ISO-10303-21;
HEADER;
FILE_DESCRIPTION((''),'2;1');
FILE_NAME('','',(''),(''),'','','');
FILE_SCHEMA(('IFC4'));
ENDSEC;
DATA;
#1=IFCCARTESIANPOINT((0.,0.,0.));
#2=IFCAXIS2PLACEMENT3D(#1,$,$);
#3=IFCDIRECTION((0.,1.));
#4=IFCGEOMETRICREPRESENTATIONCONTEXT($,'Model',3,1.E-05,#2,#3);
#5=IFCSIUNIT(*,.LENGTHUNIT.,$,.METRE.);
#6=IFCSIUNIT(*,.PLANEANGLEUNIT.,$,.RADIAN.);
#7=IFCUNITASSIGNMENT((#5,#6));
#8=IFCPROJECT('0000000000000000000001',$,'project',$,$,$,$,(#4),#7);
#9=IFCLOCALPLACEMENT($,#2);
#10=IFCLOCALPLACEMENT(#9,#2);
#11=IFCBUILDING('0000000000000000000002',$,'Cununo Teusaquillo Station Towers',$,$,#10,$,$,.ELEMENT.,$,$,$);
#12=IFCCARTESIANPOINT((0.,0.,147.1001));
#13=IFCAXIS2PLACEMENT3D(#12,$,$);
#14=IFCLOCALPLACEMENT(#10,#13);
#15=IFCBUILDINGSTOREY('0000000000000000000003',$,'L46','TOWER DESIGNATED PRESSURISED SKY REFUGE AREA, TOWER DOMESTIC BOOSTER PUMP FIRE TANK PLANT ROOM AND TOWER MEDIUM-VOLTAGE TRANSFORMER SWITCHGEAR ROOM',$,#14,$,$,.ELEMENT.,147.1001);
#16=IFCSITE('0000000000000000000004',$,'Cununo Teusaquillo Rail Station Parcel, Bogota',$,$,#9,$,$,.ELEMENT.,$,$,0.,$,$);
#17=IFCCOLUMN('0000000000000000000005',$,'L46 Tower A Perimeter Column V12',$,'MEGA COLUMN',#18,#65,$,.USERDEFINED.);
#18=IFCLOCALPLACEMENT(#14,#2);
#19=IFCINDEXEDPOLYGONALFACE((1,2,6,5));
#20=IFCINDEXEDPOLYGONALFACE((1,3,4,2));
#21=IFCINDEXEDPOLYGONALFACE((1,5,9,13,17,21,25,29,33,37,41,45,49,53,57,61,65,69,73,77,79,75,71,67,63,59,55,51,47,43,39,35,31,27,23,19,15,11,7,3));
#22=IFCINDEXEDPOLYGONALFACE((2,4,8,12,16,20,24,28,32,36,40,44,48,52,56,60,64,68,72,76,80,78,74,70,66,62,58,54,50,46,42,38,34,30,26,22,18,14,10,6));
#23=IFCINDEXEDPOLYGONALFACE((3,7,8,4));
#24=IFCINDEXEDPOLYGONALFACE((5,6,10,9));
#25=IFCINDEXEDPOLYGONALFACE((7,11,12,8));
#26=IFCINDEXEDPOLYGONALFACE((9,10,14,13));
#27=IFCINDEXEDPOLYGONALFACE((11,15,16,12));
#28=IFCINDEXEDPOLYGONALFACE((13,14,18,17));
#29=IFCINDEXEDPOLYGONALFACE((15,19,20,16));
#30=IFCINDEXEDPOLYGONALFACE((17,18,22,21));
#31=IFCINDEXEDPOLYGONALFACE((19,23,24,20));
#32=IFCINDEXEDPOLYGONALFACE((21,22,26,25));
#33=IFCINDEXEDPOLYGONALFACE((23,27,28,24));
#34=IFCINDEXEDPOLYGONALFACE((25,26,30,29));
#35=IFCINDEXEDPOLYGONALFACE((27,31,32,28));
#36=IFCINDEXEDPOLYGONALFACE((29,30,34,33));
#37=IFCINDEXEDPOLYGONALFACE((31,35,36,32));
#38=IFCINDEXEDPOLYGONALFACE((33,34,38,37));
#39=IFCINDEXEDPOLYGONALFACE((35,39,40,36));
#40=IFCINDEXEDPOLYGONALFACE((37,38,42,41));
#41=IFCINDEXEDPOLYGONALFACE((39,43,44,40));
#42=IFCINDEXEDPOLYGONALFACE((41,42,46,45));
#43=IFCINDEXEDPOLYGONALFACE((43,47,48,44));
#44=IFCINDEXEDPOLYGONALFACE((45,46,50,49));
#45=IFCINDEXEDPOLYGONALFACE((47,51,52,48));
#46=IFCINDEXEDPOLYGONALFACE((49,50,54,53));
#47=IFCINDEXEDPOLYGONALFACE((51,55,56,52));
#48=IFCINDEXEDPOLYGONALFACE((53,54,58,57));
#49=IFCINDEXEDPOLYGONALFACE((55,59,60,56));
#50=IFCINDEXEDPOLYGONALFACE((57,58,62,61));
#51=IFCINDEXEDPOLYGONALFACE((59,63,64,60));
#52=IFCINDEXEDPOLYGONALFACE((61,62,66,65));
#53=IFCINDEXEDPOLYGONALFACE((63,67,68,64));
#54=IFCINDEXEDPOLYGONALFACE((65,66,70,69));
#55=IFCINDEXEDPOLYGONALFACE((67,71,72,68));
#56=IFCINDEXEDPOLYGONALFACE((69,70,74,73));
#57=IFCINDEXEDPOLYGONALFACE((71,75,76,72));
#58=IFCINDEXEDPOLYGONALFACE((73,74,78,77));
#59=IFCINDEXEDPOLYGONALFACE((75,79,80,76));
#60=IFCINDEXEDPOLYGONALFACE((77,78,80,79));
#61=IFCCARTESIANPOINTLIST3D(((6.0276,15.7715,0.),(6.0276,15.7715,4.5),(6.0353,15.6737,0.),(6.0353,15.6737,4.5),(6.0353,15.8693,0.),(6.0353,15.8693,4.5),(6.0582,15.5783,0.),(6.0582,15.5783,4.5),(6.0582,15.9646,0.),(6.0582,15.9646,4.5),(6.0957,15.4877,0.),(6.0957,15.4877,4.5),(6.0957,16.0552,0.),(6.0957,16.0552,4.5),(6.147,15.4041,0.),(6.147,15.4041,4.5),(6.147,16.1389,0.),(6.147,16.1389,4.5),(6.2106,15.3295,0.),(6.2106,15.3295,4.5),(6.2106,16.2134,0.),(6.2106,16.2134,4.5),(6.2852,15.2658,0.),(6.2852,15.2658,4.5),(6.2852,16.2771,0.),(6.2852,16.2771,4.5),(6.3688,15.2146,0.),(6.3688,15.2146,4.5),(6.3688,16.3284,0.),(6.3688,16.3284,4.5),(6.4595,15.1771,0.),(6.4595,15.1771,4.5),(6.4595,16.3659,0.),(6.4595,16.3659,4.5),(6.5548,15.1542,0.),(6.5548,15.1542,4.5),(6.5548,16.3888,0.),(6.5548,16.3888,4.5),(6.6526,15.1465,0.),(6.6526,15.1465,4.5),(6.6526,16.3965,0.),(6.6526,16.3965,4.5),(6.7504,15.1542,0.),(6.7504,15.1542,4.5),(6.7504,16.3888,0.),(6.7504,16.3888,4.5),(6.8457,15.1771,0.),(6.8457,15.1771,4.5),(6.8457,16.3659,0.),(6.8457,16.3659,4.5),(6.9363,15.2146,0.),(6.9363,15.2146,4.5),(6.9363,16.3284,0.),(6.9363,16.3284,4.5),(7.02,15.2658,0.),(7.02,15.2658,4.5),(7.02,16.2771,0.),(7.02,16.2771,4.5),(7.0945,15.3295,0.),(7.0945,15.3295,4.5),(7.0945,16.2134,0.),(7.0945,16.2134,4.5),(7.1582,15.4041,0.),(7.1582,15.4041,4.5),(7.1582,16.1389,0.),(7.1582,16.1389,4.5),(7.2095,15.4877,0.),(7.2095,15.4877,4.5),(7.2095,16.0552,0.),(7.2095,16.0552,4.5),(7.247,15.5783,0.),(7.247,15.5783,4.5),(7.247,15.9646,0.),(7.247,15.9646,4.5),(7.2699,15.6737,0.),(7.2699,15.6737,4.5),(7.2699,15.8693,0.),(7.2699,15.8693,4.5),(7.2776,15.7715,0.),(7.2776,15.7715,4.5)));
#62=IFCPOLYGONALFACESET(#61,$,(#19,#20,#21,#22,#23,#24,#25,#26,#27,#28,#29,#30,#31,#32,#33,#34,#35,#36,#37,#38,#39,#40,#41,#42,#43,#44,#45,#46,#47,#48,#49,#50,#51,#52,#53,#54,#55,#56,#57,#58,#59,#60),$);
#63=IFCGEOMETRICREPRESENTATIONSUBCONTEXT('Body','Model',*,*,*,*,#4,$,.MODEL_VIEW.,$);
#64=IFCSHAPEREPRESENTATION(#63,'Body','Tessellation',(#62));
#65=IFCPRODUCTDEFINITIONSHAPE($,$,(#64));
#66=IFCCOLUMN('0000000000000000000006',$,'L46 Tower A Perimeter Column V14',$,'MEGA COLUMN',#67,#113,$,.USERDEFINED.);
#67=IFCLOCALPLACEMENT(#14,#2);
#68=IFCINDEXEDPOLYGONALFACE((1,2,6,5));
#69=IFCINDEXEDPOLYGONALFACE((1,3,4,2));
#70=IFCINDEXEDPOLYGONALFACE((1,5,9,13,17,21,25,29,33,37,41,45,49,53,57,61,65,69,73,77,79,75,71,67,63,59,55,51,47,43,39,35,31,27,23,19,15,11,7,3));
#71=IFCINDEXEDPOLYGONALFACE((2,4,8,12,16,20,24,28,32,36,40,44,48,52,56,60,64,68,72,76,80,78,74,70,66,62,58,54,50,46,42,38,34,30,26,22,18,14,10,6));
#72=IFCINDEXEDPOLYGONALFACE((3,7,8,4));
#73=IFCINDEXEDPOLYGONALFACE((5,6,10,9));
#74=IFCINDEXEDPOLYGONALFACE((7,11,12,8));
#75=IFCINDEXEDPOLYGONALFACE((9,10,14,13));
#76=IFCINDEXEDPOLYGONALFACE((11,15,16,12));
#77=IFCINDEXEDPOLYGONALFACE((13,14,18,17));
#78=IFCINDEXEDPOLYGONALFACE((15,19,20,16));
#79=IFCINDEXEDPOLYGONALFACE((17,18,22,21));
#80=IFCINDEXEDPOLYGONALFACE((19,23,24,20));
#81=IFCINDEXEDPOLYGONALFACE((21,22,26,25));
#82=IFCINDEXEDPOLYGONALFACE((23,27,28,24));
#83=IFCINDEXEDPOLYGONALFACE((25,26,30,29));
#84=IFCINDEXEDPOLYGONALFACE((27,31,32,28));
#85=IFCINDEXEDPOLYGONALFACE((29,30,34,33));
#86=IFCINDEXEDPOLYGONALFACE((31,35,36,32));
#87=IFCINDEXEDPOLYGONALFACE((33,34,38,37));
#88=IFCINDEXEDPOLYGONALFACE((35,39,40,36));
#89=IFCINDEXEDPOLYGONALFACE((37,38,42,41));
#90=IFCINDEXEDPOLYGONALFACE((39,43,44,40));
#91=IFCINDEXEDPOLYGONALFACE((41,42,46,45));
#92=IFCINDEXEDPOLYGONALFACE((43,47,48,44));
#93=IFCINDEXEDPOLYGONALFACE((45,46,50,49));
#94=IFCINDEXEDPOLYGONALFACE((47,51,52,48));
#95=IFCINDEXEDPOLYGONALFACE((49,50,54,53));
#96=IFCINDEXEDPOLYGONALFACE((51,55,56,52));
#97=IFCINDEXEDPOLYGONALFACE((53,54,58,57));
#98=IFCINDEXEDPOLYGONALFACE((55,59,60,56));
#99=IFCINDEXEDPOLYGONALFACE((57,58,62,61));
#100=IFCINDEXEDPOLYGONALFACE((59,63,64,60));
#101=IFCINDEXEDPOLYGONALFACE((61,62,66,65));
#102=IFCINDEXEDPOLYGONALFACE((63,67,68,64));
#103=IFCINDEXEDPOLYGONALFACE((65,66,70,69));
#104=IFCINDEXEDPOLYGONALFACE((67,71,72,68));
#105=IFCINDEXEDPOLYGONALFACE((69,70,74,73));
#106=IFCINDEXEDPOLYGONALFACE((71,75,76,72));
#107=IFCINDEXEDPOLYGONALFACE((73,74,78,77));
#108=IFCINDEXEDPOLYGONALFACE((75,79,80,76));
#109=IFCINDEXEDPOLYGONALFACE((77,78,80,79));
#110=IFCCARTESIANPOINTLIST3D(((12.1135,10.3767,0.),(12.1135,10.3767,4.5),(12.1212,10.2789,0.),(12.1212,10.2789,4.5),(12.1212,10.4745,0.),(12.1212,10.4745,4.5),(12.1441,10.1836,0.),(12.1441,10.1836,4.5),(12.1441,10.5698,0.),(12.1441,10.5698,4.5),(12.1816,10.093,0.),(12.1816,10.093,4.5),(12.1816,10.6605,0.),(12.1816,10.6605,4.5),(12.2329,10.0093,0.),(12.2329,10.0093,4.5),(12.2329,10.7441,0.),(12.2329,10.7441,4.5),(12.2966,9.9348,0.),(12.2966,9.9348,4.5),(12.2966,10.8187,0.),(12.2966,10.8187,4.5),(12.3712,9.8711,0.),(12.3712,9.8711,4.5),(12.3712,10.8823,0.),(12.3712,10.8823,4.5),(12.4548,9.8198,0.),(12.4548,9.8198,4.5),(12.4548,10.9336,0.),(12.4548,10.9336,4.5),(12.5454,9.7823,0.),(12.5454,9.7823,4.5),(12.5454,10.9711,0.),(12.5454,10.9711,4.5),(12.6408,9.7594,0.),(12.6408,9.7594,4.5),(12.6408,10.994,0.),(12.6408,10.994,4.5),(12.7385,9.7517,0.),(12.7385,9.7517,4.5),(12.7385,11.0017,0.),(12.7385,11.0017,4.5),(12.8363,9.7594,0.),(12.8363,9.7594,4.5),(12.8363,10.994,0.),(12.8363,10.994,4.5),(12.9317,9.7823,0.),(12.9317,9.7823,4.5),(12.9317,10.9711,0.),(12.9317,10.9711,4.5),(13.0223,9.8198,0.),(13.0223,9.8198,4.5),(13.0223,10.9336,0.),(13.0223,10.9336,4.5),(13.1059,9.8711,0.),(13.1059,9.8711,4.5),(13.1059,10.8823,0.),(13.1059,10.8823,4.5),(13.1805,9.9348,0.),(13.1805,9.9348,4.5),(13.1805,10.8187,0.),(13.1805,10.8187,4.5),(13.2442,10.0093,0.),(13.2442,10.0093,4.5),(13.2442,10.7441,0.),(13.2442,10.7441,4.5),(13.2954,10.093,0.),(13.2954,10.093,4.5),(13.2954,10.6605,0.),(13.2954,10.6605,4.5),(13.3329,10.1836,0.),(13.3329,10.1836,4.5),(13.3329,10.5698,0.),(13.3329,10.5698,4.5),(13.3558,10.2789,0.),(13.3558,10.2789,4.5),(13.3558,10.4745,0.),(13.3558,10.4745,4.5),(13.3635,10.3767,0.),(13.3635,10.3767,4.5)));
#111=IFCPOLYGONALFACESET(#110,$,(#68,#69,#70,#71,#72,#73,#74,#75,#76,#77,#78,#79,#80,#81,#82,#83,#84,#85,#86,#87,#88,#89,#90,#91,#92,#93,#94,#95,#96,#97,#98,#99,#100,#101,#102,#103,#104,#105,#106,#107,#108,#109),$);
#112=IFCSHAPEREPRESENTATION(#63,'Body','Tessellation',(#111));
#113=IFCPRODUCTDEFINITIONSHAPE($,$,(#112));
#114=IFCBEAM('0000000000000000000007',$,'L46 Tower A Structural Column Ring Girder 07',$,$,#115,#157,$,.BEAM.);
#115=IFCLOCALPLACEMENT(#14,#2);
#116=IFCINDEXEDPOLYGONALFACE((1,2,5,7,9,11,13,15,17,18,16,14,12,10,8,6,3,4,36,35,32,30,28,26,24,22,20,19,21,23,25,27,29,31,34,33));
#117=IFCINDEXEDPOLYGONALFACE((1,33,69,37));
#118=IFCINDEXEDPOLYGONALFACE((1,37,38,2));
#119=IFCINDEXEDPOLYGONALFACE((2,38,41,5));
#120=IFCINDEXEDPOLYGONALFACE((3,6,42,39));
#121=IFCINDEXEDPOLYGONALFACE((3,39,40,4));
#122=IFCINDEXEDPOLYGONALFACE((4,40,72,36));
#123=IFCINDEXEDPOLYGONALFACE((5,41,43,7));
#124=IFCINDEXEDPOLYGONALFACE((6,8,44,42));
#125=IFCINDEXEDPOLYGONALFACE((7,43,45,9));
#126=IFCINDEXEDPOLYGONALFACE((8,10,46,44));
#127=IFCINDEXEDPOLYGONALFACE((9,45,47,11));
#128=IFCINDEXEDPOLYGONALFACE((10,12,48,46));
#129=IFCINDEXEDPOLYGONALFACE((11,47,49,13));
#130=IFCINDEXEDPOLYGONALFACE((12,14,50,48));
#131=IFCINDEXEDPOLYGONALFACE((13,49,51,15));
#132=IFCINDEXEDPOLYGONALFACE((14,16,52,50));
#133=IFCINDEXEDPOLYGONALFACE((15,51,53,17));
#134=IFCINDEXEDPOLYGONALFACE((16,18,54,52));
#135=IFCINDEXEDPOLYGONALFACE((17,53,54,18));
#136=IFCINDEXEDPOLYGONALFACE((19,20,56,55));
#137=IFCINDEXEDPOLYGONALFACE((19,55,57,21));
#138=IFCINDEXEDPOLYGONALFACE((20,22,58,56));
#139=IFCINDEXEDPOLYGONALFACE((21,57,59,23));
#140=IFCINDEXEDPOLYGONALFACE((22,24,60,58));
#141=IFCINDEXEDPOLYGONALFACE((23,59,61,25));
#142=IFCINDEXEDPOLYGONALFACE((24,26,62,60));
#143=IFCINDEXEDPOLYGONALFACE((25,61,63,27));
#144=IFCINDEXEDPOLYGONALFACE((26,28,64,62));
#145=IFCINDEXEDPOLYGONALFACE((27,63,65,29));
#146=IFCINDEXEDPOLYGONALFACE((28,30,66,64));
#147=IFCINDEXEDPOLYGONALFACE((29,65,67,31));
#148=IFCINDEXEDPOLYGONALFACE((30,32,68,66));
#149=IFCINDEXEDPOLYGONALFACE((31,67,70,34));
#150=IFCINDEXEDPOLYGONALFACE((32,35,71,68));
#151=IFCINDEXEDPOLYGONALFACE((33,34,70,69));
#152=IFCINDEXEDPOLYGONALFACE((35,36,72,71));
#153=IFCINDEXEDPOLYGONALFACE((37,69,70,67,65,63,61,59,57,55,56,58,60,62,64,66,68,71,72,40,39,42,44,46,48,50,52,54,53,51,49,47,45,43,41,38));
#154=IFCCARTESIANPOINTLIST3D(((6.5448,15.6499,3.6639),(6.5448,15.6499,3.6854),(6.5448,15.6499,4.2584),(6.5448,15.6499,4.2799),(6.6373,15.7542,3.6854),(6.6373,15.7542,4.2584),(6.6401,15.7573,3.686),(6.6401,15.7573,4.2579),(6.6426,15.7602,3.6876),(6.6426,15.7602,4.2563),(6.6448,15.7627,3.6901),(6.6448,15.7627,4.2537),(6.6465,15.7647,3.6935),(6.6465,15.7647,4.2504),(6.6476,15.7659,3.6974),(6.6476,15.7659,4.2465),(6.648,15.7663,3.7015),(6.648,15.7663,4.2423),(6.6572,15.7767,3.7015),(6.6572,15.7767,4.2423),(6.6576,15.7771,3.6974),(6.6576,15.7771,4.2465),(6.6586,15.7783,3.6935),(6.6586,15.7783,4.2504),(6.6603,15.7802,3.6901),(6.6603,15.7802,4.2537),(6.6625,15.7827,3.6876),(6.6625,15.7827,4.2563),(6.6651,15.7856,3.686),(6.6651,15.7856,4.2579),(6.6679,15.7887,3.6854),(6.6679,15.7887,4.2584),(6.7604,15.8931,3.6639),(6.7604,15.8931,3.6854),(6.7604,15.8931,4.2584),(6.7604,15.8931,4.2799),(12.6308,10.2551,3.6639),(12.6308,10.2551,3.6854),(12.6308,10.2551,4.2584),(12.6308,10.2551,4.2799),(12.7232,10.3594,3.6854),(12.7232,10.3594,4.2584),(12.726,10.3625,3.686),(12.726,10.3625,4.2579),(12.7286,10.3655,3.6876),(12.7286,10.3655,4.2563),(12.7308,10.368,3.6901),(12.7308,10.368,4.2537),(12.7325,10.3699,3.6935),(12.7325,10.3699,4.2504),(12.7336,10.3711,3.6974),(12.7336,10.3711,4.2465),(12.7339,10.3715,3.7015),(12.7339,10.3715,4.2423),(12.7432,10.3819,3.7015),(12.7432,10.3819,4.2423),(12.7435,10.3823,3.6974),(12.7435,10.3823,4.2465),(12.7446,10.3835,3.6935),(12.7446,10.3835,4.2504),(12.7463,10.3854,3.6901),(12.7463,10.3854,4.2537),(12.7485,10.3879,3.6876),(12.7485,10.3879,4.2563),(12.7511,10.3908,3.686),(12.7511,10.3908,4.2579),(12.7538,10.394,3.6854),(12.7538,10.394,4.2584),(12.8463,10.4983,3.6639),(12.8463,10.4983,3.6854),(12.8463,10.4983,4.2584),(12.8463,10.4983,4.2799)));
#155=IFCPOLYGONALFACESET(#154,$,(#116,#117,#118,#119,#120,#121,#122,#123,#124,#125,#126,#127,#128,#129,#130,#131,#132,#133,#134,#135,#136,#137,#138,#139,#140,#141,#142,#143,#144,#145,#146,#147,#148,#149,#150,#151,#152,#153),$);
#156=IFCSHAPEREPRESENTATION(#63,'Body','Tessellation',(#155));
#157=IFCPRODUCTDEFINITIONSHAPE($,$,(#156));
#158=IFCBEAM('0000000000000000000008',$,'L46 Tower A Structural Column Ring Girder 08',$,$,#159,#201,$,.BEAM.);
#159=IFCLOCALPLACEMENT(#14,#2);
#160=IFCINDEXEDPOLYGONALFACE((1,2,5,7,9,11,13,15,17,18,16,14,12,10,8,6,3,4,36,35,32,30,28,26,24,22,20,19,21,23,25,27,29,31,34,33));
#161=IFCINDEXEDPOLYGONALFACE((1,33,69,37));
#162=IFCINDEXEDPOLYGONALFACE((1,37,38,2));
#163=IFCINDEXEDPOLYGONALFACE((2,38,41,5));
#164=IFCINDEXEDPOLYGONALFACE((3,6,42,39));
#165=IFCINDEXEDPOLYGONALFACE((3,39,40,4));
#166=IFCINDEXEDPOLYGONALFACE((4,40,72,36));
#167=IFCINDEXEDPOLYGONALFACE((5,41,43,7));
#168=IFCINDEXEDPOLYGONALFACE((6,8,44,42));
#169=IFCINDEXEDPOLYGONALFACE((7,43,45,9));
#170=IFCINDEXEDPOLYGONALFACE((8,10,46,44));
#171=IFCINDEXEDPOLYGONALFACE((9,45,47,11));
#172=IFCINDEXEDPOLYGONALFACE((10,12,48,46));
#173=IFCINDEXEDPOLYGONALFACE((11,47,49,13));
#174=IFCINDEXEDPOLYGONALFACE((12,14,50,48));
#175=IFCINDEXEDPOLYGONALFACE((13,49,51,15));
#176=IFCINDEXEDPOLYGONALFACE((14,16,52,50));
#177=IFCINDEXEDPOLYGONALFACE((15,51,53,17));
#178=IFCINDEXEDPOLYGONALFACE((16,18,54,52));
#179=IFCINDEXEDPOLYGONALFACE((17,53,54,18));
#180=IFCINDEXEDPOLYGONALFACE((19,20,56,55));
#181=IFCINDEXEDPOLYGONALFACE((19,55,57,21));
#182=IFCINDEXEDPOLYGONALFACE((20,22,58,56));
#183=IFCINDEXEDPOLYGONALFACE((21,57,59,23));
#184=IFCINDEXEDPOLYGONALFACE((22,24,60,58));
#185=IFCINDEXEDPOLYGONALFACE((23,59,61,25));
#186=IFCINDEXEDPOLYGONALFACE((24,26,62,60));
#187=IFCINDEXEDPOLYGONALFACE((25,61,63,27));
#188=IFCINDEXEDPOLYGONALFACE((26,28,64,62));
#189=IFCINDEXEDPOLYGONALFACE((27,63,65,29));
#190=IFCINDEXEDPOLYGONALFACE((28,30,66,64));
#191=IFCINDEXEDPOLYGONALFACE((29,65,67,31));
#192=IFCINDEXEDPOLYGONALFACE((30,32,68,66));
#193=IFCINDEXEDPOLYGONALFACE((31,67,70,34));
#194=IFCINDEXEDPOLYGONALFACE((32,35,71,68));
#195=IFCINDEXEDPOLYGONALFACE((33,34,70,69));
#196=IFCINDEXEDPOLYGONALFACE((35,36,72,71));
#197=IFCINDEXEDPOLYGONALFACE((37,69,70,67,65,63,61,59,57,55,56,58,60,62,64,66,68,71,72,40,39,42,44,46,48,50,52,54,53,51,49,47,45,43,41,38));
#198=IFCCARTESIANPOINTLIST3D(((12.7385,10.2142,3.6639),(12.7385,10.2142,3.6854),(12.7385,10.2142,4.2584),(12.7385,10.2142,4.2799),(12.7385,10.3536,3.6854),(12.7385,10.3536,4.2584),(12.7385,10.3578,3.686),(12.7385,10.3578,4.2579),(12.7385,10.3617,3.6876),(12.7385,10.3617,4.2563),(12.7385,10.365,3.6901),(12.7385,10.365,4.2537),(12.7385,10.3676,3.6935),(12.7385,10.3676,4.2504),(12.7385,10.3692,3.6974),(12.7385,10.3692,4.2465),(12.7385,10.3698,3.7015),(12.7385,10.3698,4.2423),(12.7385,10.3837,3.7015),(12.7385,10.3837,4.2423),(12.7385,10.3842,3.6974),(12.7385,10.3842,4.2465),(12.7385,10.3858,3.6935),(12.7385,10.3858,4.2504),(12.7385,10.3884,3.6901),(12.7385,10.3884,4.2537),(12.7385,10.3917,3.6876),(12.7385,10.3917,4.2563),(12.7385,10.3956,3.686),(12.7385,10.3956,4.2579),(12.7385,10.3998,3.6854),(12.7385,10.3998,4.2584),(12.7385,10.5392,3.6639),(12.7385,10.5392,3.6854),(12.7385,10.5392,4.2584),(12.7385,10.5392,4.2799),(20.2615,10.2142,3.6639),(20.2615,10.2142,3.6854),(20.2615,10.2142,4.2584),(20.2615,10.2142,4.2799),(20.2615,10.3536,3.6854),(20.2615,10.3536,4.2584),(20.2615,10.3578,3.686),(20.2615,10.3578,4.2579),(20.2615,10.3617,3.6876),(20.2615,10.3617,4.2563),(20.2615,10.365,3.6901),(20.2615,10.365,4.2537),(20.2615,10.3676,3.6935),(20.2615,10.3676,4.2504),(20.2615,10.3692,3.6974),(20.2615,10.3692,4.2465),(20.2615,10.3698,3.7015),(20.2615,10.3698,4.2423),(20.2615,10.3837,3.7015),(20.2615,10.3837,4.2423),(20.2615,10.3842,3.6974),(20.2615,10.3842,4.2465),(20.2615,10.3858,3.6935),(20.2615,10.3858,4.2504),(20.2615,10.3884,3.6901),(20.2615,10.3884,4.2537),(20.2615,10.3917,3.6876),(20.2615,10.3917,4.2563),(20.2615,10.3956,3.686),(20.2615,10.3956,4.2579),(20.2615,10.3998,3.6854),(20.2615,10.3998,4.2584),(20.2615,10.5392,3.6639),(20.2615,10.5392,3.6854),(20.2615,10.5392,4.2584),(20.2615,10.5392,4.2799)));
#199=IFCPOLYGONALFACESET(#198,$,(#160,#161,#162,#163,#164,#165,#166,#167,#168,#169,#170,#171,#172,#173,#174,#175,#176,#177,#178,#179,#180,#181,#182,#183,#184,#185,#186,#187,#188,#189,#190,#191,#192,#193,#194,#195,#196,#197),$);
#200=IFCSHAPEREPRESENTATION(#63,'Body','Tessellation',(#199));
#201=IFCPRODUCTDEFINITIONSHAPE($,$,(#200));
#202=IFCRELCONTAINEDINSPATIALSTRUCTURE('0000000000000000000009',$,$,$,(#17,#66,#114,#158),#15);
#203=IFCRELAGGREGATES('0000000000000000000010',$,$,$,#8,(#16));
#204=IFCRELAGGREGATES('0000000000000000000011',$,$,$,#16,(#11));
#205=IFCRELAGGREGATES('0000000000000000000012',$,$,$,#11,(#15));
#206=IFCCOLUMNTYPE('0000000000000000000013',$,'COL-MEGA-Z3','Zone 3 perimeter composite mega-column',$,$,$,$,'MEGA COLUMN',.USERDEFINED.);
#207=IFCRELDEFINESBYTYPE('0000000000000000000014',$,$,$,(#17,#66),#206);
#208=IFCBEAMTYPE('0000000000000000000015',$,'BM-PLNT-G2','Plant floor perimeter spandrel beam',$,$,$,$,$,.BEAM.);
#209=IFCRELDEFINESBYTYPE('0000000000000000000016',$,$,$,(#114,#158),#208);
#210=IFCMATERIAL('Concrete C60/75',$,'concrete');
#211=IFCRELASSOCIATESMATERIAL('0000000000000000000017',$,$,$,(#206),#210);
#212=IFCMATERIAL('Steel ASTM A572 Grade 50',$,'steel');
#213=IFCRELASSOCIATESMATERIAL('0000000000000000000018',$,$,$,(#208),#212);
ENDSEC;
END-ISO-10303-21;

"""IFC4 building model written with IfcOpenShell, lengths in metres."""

from ifc_helpers import new_model, si_unit, direction, frame, origin, origin_2d, place, context, subcontext, project, spatial, circle, i_section, extrude, material, material_profile, profile_set, type_object, element, save


model = new_model("IFC4")

# Units and contexts
model_context = context("Model", 3, precision=1e-05, world=origin(), true_north=direction((0.0, 1.0)))
body_context = subcontext(model_context, "Body", "Model", "MODEL_VIEW")
ifc_project = project(units=[si_unit("LENGTHUNIT", "METRE"), si_unit("PLANEANGLEUNIT", "RADIAN")], contexts=[model_context])

# Site, building, storey
site_placement = place(None, origin())
site = spatial("IfcSite", under=ifc_project, at=site_placement, Name="Cununo Teusaquillo Rail Station Parcel, Bogota", CompositionType="ELEMENT", RefElevation=0.0)
building_placement = place(site_placement, origin())
building = spatial("IfcBuilding", under=site, at=building_placement, Name="Cununo Teusaquillo Station Towers", CompositionType="ELEMENT")
storey_placement = place(building_placement, frame((0.0, 0.0, 147.1001)))
storey = spatial("IfcBuildingStorey", under=building, at=storey_placement, Name="L46", Description="TOWER DESIGNATED PRESSURISED SKY REFUGE AREA, TOWER DOMESTIC BOOSTER PUMP FIRE TANK PLANT ROOM AND TOWER MEDIUM-VOLTAGE TRANSFORMER SWITCHGEAR ROOM", CompositionType="ELEMENT", Elevation=147.1001)

# Columns
ifc_material_1 = material(Name="Concrete C60/75", Category="concrete")
ifc_material_profile_1 = material_profile(ifc_material_1, circle(Radius=0.625, at=origin_2d()), Name="RC-CIRC-1250")
ifc_profile_set_1 = profile_set([ifc_material_profile_1], Name="Concrete C60/75")
column_type = type_object("IfcColumnType", Name="COL-MEGA-Z3", Description="Zone 3 perimeter composite mega-column", ElementType="MEGA COLUMN", PredefinedType="USERDEFINED", material=ifc_profile_set_1)
for number, where, z_axis, x_axis, name in (
    (1, (6.6526, 15.7715, 0.0), (0.0, 0.0, 1.0), (1.0, 0.0, 0.0), "L46 Tower A Perimeter Column V12"),
    (2, (12.7385, 10.3767, 0.0), (0.0, 0.0, 1.0), (1.0, 0.0, 0.0), "L46 Tower A Perimeter Column V14"),
):
    element("IfcColumn", number, at=place(storey_placement, frame(where, z_axis=z_axis, x_axis=x_axis)), inside=storey, type_object=column_type, Name=name, ObjectType="MEGA COLUMN", PredefinedType="USERDEFINED", context=body_context, shape_type="SweptSolid", body=[
        extrude(circle(Radius=0.625, at=origin_2d()), origin(), (0.0, 0.0, 1.0), 4.5),
    ])

# Beams
ifc_material_2 = material(Name="Steel ASTM A572 Grade 50", Category="steel")
ifc_material_profile_2 = material_profile(ifc_material_2, i_section(OverallWidth=0.325, OverallDepth=0.616, WebThickness=0.0139, FlangeThickness=0.0215, FilletRadius=0.0161, at=origin_2d()), Name="W24X117")
ifc_profile_set_2 = profile_set([ifc_material_profile_2], Name="Steel ASTM A572 Grade 50")
beam_type = type_object("IfcBeamType", Name="BM-PLNT-G2", Description="Plant floor perimeter spandrel beam", PredefinedType="BEAM", material=ifc_profile_set_2)
beam_1_placement = place(storey_placement, frame((6.6526, 15.7715, 3.9719), z_axis=(0.748321, -0.663337, 0.0), x_axis=(0.663337, 0.748321, 0.0)))
element("IfcBeam", 3, at=beam_1_placement, inside=storey, type_object=beam_type, Name="L46 Tower A Structural Column Ring Girder 07", PredefinedType="BEAM", context=body_context, shape_type="SweptSolid", body=[
    extrude(i_section(OverallWidth=0.325, OverallDepth=0.616, WebThickness=0.0139, FlangeThickness=0.0215, FilletRadius=0.0161, at=origin_2d()), origin(), (0.0, 0.0, 1.0), 8.1328),
])
beam_2_placement = place(storey_placement, frame((12.7385, 10.3767, 3.9719), z_axis=(1.0, 0.0, 0.0), x_axis=(0.0, 1.0, 0.0)))
element("IfcBeam", 4, at=beam_2_placement, inside=storey, type_object=beam_type, Name="L46 Tower A Structural Column Ring Girder 08", PredefinedType="BEAM", context=body_context, shape_type="SweptSolid", body=[
    extrude(i_section(OverallWidth=0.325, OverallDepth=0.616, WebThickness=0.0139, FlangeThickness=0.0215, FilletRadius=0.0161, at=origin_2d()), origin(), (0.0, 0.0, 1.0), 7.5229),
])

save(model, "model.ifc")
